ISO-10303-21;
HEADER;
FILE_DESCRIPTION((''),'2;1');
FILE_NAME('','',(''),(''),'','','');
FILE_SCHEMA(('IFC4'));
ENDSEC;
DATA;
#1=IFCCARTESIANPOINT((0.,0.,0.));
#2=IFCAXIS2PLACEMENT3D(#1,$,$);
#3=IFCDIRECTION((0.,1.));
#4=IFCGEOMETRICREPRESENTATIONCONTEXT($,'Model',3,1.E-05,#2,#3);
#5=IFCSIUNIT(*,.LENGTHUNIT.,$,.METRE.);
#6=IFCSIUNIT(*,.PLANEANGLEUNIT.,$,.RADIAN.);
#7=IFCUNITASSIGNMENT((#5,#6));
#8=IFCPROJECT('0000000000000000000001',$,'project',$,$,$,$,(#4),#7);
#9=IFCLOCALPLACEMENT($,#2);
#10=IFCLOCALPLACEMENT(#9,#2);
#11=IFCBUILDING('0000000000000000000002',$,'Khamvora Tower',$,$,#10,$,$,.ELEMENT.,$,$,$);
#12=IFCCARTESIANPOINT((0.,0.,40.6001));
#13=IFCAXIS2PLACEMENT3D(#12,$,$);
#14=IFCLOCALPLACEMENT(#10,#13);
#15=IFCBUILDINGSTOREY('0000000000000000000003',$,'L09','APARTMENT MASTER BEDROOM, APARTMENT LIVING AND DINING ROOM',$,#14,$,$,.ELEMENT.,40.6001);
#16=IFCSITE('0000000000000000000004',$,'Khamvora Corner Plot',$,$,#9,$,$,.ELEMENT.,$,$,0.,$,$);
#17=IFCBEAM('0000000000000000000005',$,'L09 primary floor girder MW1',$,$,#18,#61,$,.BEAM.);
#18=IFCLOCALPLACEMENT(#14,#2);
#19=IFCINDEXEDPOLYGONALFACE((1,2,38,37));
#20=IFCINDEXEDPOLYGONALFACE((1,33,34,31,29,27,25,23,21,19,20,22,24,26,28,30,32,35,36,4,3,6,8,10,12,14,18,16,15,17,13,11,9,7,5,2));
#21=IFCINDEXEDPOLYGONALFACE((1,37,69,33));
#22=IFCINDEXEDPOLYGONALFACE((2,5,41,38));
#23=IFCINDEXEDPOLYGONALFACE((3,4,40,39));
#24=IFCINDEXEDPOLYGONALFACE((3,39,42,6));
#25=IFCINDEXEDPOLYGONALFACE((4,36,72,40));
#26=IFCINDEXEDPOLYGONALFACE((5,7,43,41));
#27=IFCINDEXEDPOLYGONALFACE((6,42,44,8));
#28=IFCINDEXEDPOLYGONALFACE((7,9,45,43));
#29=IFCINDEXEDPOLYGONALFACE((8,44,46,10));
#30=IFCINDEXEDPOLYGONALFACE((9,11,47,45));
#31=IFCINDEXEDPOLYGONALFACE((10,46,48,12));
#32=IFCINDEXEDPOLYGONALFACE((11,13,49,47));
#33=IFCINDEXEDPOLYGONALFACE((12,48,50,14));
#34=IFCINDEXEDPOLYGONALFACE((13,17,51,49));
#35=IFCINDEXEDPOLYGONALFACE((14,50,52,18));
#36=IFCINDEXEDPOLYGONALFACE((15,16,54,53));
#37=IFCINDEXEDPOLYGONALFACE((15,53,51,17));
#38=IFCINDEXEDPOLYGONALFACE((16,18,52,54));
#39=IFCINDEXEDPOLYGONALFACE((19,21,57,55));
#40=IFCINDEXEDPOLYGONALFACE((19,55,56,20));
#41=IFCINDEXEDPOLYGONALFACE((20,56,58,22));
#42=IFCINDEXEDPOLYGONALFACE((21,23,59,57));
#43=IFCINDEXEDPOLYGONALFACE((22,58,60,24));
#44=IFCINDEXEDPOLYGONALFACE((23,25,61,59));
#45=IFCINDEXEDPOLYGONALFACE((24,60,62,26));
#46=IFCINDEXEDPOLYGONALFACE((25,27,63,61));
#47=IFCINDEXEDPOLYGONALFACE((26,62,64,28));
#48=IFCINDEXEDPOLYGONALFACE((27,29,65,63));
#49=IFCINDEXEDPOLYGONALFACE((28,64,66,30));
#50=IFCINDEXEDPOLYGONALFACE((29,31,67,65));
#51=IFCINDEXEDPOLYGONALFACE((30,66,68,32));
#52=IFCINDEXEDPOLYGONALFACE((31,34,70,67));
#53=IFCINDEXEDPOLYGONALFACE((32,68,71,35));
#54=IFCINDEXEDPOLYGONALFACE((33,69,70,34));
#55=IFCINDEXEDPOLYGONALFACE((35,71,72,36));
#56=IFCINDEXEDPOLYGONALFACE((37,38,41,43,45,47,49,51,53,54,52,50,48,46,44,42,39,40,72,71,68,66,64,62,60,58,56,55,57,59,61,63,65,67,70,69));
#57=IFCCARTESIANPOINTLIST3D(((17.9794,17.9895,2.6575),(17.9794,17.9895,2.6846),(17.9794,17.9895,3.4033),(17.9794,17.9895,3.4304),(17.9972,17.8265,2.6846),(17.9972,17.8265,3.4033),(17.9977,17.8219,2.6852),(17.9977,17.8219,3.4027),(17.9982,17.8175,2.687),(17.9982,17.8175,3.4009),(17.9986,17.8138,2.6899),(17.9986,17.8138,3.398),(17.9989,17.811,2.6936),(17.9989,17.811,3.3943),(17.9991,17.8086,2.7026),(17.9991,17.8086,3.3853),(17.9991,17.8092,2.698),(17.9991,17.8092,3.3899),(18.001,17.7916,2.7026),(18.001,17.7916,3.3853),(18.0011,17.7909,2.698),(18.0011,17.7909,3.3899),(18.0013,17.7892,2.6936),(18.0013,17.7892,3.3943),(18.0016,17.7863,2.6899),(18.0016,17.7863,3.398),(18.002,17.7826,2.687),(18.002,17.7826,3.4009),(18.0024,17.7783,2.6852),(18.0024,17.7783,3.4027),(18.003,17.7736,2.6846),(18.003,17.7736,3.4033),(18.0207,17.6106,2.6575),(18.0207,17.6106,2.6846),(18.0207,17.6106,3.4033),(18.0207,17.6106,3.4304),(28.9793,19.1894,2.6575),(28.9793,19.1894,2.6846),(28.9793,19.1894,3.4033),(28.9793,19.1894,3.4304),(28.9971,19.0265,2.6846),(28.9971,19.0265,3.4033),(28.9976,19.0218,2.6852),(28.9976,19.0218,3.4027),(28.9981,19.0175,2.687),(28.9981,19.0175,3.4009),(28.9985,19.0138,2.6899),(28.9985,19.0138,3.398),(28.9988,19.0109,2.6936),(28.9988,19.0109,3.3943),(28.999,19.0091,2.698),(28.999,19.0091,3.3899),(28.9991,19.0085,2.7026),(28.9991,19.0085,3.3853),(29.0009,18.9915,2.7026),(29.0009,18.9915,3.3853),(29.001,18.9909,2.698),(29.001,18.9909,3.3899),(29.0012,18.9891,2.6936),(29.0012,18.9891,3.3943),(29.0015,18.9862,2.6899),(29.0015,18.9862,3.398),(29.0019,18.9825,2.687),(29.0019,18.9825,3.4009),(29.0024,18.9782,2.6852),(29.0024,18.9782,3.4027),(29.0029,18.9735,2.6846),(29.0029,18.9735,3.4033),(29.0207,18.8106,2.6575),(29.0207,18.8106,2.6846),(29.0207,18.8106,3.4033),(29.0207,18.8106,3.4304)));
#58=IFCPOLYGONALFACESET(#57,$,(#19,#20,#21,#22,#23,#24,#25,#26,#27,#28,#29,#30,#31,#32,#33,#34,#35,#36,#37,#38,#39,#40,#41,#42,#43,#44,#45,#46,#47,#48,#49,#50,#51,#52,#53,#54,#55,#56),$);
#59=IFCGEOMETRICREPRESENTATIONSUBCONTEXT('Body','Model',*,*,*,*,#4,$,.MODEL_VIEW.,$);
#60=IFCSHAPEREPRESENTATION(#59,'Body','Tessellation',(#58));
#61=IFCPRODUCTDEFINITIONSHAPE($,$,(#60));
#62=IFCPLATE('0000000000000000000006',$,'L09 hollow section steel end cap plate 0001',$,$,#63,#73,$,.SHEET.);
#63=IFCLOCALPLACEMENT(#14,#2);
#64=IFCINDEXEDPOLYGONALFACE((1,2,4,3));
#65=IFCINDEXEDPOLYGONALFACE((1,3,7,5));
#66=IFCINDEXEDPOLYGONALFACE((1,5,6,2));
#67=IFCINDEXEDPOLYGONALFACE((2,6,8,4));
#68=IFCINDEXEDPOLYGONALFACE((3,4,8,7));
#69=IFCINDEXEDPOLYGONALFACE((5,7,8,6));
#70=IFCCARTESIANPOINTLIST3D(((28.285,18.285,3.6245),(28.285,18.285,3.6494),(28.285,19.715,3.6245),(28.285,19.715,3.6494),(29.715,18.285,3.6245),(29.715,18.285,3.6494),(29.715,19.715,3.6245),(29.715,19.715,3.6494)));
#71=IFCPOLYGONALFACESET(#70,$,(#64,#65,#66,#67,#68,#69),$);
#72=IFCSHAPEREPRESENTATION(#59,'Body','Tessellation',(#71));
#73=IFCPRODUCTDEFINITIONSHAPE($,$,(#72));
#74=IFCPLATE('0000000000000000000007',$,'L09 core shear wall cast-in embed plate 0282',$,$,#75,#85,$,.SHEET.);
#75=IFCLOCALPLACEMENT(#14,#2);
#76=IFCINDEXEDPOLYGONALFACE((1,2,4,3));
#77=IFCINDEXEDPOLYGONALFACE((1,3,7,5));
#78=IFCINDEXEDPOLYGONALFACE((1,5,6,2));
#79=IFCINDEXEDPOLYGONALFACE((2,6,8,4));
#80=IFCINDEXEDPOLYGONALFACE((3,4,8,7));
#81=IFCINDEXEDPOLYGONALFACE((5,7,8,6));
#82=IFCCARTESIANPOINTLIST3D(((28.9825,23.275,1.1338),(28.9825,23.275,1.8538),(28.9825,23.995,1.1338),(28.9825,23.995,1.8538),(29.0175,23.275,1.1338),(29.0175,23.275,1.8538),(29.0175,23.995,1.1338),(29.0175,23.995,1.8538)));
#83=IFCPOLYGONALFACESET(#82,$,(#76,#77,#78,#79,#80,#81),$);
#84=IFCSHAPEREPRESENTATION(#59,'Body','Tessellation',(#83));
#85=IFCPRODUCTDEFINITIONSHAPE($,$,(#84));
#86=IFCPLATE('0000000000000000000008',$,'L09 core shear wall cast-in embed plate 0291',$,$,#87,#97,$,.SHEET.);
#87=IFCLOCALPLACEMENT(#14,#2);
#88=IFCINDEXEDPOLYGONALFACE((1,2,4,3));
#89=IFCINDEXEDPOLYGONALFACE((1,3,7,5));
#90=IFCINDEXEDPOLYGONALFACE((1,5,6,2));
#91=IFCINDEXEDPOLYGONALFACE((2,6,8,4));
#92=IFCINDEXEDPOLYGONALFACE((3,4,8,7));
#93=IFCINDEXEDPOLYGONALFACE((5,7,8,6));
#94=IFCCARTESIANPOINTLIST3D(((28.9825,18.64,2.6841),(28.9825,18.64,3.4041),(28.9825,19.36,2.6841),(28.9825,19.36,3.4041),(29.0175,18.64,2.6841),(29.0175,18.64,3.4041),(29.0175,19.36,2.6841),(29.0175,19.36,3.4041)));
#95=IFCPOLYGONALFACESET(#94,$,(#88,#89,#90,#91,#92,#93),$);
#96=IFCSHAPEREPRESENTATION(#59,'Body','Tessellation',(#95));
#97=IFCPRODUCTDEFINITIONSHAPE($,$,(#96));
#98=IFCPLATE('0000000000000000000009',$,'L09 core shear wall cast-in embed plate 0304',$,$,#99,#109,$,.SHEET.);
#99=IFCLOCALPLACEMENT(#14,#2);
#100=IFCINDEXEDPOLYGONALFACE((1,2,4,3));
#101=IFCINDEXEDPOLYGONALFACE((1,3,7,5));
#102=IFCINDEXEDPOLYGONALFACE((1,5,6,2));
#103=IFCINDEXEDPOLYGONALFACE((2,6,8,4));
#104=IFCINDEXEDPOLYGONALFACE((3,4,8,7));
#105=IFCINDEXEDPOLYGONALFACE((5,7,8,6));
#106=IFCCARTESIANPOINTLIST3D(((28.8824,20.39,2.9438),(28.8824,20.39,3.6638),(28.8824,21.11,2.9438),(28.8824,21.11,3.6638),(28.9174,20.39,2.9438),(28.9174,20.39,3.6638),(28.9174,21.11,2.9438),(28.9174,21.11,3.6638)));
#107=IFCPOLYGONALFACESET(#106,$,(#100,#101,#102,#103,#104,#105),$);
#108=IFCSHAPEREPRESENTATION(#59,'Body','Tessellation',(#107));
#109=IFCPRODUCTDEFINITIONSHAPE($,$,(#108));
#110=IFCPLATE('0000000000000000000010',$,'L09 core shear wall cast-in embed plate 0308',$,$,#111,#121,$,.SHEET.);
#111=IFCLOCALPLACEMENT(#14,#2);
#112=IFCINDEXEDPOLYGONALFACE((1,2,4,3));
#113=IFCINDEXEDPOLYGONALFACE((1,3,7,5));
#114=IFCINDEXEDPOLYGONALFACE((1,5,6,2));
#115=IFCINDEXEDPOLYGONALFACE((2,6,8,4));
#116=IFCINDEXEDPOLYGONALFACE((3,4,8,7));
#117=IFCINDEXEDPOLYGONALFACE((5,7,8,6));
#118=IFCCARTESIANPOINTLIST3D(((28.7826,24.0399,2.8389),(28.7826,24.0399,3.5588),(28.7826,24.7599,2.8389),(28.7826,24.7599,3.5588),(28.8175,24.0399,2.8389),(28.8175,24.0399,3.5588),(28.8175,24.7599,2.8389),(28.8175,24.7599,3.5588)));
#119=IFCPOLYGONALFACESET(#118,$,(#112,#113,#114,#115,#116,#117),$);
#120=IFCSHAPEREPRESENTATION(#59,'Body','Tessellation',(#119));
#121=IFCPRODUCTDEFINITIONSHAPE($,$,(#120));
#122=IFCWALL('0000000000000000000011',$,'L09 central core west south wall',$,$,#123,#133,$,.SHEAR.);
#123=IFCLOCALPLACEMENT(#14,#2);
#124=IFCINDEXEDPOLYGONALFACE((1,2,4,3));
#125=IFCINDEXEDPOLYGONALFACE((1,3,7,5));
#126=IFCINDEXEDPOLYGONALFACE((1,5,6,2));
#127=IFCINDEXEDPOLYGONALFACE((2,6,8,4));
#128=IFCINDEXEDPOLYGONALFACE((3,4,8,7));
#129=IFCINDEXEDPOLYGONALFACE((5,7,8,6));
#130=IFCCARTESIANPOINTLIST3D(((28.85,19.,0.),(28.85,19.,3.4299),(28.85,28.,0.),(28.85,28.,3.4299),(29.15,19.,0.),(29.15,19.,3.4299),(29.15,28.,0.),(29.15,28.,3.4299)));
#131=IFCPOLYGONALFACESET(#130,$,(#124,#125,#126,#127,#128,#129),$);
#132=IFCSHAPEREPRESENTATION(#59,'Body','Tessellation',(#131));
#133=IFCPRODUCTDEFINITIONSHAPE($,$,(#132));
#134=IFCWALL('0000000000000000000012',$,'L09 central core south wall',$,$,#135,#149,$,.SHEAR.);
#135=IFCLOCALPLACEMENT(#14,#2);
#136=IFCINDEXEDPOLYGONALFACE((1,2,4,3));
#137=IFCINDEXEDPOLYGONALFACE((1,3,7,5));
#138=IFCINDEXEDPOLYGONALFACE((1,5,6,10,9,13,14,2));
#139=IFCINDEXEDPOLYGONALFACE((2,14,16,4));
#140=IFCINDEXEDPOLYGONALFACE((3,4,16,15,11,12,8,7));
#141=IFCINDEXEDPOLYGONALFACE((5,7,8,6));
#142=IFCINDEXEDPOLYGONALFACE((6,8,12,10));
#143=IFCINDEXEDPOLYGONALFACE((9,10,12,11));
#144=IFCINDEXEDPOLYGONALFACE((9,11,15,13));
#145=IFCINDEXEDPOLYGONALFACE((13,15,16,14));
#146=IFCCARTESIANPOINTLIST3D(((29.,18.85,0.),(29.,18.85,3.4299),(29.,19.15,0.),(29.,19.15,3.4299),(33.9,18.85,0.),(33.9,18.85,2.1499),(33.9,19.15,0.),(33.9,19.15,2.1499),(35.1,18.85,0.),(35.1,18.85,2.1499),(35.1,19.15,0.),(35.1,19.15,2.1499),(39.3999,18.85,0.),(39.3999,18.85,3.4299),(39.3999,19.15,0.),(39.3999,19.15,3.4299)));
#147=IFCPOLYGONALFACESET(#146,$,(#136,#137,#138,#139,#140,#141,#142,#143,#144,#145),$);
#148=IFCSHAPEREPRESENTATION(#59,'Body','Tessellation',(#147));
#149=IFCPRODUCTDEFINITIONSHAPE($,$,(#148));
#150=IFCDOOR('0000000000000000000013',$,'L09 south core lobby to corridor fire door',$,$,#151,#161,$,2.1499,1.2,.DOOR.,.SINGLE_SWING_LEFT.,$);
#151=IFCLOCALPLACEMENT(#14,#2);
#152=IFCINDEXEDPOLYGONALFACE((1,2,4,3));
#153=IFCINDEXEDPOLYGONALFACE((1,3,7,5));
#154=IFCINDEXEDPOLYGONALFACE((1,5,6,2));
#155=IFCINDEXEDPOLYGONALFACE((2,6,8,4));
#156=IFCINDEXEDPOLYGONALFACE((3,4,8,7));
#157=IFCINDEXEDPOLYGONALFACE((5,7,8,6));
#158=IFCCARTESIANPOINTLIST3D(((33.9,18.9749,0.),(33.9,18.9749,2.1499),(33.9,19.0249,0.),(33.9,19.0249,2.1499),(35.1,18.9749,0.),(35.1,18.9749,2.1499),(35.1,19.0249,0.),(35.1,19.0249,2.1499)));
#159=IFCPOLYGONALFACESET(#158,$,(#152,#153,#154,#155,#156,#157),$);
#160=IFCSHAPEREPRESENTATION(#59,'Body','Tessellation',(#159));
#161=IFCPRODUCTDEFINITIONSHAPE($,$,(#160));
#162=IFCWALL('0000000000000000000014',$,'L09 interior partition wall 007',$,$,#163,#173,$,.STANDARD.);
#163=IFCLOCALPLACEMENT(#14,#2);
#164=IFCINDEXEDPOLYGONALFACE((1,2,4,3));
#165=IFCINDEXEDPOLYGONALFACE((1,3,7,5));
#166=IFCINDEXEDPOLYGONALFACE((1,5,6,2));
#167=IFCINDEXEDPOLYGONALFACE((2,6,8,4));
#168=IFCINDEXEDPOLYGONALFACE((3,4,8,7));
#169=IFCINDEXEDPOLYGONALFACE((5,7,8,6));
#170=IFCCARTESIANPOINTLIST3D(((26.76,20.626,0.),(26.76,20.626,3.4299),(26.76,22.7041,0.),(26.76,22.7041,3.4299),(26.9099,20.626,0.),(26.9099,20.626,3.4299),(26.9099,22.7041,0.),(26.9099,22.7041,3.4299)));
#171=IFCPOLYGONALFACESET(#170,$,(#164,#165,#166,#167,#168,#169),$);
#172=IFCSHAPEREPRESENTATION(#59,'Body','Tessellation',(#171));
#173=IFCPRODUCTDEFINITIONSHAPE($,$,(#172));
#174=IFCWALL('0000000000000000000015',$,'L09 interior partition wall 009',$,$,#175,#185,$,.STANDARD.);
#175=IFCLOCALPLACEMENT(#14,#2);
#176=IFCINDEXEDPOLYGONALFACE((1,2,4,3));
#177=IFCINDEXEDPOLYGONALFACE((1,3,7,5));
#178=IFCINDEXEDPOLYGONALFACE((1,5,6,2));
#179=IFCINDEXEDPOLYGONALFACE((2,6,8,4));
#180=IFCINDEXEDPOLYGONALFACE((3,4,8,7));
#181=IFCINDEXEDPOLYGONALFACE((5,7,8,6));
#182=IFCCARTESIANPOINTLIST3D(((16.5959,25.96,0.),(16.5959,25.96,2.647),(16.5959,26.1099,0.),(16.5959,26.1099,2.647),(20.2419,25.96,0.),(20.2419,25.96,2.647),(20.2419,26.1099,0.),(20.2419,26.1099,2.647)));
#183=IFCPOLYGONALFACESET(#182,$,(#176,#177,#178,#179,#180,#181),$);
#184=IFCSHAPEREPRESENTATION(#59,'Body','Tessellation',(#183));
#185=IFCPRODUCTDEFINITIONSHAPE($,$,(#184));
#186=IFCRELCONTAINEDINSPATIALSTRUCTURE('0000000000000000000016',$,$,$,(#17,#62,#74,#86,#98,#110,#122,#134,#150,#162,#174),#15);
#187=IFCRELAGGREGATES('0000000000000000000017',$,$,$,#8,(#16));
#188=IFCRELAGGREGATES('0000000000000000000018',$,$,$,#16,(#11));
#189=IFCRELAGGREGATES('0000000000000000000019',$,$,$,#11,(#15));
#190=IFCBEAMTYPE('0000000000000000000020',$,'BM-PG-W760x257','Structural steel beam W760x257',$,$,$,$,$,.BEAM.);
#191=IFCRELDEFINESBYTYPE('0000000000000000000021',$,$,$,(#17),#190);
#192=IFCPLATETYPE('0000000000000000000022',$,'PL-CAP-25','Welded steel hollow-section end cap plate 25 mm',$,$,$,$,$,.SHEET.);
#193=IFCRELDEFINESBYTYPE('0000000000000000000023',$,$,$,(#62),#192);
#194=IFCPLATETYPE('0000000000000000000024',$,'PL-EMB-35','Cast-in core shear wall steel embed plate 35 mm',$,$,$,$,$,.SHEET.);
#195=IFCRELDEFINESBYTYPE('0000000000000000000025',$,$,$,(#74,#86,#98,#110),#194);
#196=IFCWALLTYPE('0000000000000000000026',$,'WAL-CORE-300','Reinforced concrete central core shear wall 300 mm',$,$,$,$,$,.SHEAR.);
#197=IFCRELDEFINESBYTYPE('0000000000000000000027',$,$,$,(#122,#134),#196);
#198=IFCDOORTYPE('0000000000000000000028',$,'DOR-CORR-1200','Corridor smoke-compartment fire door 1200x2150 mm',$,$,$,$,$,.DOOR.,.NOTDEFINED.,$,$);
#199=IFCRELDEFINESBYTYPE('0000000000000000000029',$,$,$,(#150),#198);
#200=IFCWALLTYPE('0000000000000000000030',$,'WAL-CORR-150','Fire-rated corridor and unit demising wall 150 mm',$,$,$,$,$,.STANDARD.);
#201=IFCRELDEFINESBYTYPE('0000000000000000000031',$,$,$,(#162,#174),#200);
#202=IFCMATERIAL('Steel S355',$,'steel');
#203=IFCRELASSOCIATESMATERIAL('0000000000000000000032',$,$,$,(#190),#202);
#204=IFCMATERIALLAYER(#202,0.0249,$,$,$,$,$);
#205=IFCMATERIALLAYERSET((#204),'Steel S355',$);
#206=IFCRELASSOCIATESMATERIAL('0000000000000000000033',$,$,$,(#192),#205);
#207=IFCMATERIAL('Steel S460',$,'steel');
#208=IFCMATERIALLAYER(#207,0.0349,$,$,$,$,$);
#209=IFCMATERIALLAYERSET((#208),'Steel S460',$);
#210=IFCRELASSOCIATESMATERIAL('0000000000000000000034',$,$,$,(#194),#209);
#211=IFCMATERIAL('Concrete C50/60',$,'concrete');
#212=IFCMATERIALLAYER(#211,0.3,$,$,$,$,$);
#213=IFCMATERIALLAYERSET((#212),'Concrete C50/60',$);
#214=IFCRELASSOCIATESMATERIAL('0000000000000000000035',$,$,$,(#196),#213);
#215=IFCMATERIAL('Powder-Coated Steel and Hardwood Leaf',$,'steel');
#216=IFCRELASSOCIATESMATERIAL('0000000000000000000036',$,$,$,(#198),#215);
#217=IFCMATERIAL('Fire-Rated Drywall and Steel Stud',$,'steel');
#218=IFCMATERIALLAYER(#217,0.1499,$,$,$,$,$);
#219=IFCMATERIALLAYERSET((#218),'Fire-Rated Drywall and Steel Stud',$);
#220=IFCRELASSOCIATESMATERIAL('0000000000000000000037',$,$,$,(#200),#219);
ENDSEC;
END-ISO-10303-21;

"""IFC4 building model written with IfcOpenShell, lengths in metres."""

from ifc_helpers import new_model, si_unit, direction, frame, frame_2d, origin, origin_2d, place, context, subcontext, project, spatial, rectangle, i_section, extrude, material, layer, layer_set, material_profile, profile_set, type_object, element, fill, save


model = new_model("IFC4")

# Units and contexts
model_context = context("Model", 3, precision=1e-05, world=origin(), true_north=direction((0.0, 1.0)))
body_context = subcontext(model_context, "Body", "Model", "MODEL_VIEW")
ifc_project = project(units=[si_unit("LENGTHUNIT", "METRE"), si_unit("PLANEANGLEUNIT", "RADIAN")], contexts=[model_context])

# Site, building, storey
site_placement = place(None, origin())
site = spatial("IfcSite", under=ifc_project, at=site_placement, Name="Khamvora Corner Plot", CompositionType="ELEMENT", RefElevation=0.0)
building_placement = place(site_placement, origin())
building = spatial("IfcBuilding", under=site, at=building_placement, Name="Khamvora Tower", CompositionType="ELEMENT")
storey_placement = place(building_placement, frame((0.0, 0.0, 40.6001)))
storey = spatial("IfcBuildingStorey", under=building, at=storey_placement, Name="L09", Description="APARTMENT MASTER BEDROOM, APARTMENT LIVING AND DINING ROOM", CompositionType="ELEMENT", Elevation=40.6001)

# Beam
ifc_material_1 = material(Name="Steel S355", Category="steel")
ifc_material_profile_1 = material_profile(ifc_material_1, i_section(OverallWidth=0.3811, OverallDepth=0.7729, WebThickness=0.0171, FlangeThickness=0.0271, FilletRadius=0.0181, at=origin_2d()), Name="W760x257")
ifc_profile_set_1 = profile_set([ifc_material_profile_1], Name="Steel S355")
beam_type_1 = type_object("IfcBeamType", Name="BM-PG-W760x257", Description="Structural steel beam W760x257", PredefinedType="BEAM", material=ifc_profile_set_1)
beam_1_placement = place(storey_placement, frame((29.0, 19.0, 3.0439), z_axis=(-0.994103, -0.108443, 0.0), x_axis=(0.108443, -0.994103, 0.0)))
element("IfcBeam", 1, at=beam_1_placement, inside=storey, type_object=beam_type_1, Name="L09 primary floor girder MW1", PredefinedType="BEAM", context=body_context, shape_type="SweptSolid", body=[
    extrude(i_section(OverallWidth=0.3811, OverallDepth=0.7729, WebThickness=0.0171, FlangeThickness=0.0271, FilletRadius=0.0181, at=origin_2d()), origin(), (0.0, 0.0, 1.0), 11.0652),
])

# Plates
ifc_layer_1 = layer(ifc_material_1, 0.0249)
ifc_layer_set_1 = layer_set([ifc_layer_1], Name="Steel S355")
plate_type_1 = type_object("IfcPlateType", Name="PL-CAP-25", Description="Welded steel hollow-section end cap plate 25 mm", PredefinedType="SHEET", material=ifc_layer_set_1)
plate_placement = place(storey_placement, frame((29.0, 19.0, 3.6245), z_axis=(0.0, 0.0, 1.0), x_axis=(1.0, 0.0, 0.0)))
element("IfcPlate", 2, at=plate_placement, inside=storey, type_object=plate_type_1, Name="L09 hollow section steel end cap plate 0001", PredefinedType="SHEET", context=body_context, shape_type="SweptSolid", body=[
    extrude(rectangle(XDim=1.4299, YDim=1.4299, at=origin_2d()), origin(), (0.0, 0.0, 1.0), 0.0249),
])
ifc_material_2 = material(Name="Steel S460", Category="steel")
ifc_layer_2 = layer(ifc_material_2, 0.0349)
ifc_layer_set_2 = layer_set([ifc_layer_2], Name="Steel S460")
plate_type_2 = type_object("IfcPlateType", Name="PL-EMB-35", Description="Cast-in core shear wall steel embed plate 35 mm", PredefinedType="SHEET", material=ifc_layer_set_2)
for number, where, z_axis, x_axis, name in (
    (3, (29.0, 23.635, 1.1338), (0.0, 0.0, 1.0), (1.0, 0.0, 0.0), "L09 core shear wall cast-in embed plate 0282"),
    (4, (29.0, 19.0, 2.6841), (0.0, 0.0, 1.0), (1.0, 0.0, 0.0), "L09 core shear wall cast-in embed plate 0291"),
    (5, (28.8999, 20.75, 2.9438), (0.0, 0.0, 1.0), (1.0, 0.0, 0.0), "L09 core shear wall cast-in embed plate 0304"),
    (6, (28.8, 24.3999, 2.8389), (0.0, 0.0, 1.0), (1.0, 0.0, 0.0), "L09 core shear wall cast-in embed plate 0308"),
):
    element("IfcPlate", number, at=place(storey_placement, frame(where, z_axis=z_axis, x_axis=x_axis)), inside=storey, type_object=plate_type_2, Name=name, PredefinedType="SHEET", context=body_context, shape_type="SweptSolid", body=[
        extrude(rectangle(XDim=0.0349, YDim=0.72, at=origin_2d()), origin(), (0.0, 0.0, 1.0), 0.72),
    ])

# Wall
ifc_material_3 = material(Name="Concrete C50/60", Category="concrete")
ifc_layer_3 = layer(ifc_material_3, 0.3)
ifc_layer_set_3 = layer_set([ifc_layer_3], Name="Concrete C50/60")
wall_type_1 = type_object("IfcWallType", Name="WAL-CORE-300", Description="Reinforced concrete central core shear wall 300 mm", PredefinedType="SHEAR", material=ifc_layer_set_3)
wall_1_placement = place(storey_placement, frame((29.0, 19.0, 0.0), z_axis=(0.0, 0.0, 1.0), x_axis=(0.0, 1.0, 0.0)))
element("IfcWall", 7, at=wall_1_placement, inside=storey, type_object=wall_type_1, Name="L09 central core west south wall", PredefinedType="SHEAR", context=body_context, shape_type="SweptSolid", body=[
    extrude(rectangle(XDim=9.0, YDim=0.3, at=frame_2d((4.5, 0.0))), origin(), (0.0, 0.0, 1.0), 3.4299),
])

# Wall, opening, door
wall_2_placement = place(storey_placement, frame((29.0, 19.0, 0.0), z_axis=(0.0, 0.0, 1.0), x_axis=(1.0, 0.0, 0.0)))
wall_2 = element("IfcWall", 8, at=wall_2_placement, inside=storey, type_object=wall_type_1, Name="L09 central core south wall", PredefinedType="SHEAR", context=body_context, shape_type="SweptSolid", body=[
    extrude(rectangle(XDim=10.3999, YDim=0.3, at=frame_2d((5.2, 0.0))), origin(), (0.0, 0.0, 1.0), 3.4299),
])
opening_1_placement = place(wall_2_placement, frame((4.8999, 0.0, 0.0)))
opening_1 = element("IfcOpeningElement", 9, at=opening_1_placement, cuts=wall_2, PredefinedType="OPENING", context=body_context, shape_type="SweptSolid", body=[
    extrude(rectangle(XDim=1.2, YDim=2.1499, at=frame_2d((0.6001, 1.075))), frame((0.0, 0.1599, 0.0), z_axis=(0.0, -1.0, 0.0), x_axis=(1.0, 0.0, 0.0)), (0.0, 0.0, 1.0), 0.3201),
])
ifc_material_4 = material(Name="Powder-Coated Steel and Hardwood Leaf", Category="steel")
door_type_1 = type_object("IfcDoorType", Name="DOR-CORR-1200", Description="Corridor smoke-compartment fire door 1200x2150 mm", OperationType="NOTDEFINED", PredefinedType="DOOR", material=ifc_material_4)
door_1_placement = place(opening_1_placement, origin())
door_1 = element("IfcDoor", 10, at=door_1_placement, inside=storey, type_object=door_type_1, Name="L09 south core lobby to corridor fire door", OperationType="SINGLE_SWING_LEFT", OverallHeight=2.1499, OverallWidth=1.2, PredefinedType="DOOR", context=body_context, shape_type="SweptSolid", body=[
    extrude(rectangle(XDim=1.2, YDim=2.1499, at=frame_2d((0.6001, 1.075))), frame((0.0, 0.0249, 0.0), z_axis=(0.0, -1.0, 0.0), x_axis=(1.0, 0.0, 0.0)), (0.0, 0.0, 1.0), 0.05),
])
fill(opening_1, door_1)

# Wall
ifc_material_5 = material(Name="Fire-Rated Drywall and Steel Stud", Category="steel")
ifc_layer_4 = layer(ifc_material_5, 0.1499)
ifc_layer_set_4 = layer_set([ifc_layer_4], Name="Fire-Rated Drywall and Steel Stud")
wall_type_2 = type_object("IfcWallType", Name="WAL-CORR-150", Description="Fire-rated corridor and unit demising wall 150 mm", PredefinedType="STANDARD", material=ifc_layer_set_4)
wall_3_placement = place(storey_placement, frame((26.835, 20.626, 0.0), z_axis=(0.0, 0.0, 1.0), x_axis=(0.0, 1.0, 0.0)))
element("IfcWall", 11, at=wall_3_placement, inside=storey, type_object=wall_type_2, Name="L09 interior partition wall 007", PredefinedType="STANDARD", context=body_context, shape_type="SweptSolid", body=[
    extrude(rectangle(XDim=2.0781, YDim=0.1499, at=frame_2d((1.0391, 0.0))), origin(), (0.0, 0.0, 1.0), 3.4299),
])

# Wall
wall_4_placement = place(storey_placement, frame((20.2419, 26.0349, 0.0), z_axis=(0.0, 0.0, 1.0), x_axis=(-1.0, 0.0, 0.0)))
element("IfcWall", 12, at=wall_4_placement, inside=storey, type_object=wall_type_2, Name="L09 interior partition wall 009", PredefinedType="STANDARD", context=body_context, shape_type="SweptSolid", body=[
    extrude(rectangle(XDim=3.646, YDim=0.1499, at=frame_2d((1.823, 0.0))), origin(), (0.0, 0.0, 1.0), 2.647),
])

save(model, "model.ifc")
